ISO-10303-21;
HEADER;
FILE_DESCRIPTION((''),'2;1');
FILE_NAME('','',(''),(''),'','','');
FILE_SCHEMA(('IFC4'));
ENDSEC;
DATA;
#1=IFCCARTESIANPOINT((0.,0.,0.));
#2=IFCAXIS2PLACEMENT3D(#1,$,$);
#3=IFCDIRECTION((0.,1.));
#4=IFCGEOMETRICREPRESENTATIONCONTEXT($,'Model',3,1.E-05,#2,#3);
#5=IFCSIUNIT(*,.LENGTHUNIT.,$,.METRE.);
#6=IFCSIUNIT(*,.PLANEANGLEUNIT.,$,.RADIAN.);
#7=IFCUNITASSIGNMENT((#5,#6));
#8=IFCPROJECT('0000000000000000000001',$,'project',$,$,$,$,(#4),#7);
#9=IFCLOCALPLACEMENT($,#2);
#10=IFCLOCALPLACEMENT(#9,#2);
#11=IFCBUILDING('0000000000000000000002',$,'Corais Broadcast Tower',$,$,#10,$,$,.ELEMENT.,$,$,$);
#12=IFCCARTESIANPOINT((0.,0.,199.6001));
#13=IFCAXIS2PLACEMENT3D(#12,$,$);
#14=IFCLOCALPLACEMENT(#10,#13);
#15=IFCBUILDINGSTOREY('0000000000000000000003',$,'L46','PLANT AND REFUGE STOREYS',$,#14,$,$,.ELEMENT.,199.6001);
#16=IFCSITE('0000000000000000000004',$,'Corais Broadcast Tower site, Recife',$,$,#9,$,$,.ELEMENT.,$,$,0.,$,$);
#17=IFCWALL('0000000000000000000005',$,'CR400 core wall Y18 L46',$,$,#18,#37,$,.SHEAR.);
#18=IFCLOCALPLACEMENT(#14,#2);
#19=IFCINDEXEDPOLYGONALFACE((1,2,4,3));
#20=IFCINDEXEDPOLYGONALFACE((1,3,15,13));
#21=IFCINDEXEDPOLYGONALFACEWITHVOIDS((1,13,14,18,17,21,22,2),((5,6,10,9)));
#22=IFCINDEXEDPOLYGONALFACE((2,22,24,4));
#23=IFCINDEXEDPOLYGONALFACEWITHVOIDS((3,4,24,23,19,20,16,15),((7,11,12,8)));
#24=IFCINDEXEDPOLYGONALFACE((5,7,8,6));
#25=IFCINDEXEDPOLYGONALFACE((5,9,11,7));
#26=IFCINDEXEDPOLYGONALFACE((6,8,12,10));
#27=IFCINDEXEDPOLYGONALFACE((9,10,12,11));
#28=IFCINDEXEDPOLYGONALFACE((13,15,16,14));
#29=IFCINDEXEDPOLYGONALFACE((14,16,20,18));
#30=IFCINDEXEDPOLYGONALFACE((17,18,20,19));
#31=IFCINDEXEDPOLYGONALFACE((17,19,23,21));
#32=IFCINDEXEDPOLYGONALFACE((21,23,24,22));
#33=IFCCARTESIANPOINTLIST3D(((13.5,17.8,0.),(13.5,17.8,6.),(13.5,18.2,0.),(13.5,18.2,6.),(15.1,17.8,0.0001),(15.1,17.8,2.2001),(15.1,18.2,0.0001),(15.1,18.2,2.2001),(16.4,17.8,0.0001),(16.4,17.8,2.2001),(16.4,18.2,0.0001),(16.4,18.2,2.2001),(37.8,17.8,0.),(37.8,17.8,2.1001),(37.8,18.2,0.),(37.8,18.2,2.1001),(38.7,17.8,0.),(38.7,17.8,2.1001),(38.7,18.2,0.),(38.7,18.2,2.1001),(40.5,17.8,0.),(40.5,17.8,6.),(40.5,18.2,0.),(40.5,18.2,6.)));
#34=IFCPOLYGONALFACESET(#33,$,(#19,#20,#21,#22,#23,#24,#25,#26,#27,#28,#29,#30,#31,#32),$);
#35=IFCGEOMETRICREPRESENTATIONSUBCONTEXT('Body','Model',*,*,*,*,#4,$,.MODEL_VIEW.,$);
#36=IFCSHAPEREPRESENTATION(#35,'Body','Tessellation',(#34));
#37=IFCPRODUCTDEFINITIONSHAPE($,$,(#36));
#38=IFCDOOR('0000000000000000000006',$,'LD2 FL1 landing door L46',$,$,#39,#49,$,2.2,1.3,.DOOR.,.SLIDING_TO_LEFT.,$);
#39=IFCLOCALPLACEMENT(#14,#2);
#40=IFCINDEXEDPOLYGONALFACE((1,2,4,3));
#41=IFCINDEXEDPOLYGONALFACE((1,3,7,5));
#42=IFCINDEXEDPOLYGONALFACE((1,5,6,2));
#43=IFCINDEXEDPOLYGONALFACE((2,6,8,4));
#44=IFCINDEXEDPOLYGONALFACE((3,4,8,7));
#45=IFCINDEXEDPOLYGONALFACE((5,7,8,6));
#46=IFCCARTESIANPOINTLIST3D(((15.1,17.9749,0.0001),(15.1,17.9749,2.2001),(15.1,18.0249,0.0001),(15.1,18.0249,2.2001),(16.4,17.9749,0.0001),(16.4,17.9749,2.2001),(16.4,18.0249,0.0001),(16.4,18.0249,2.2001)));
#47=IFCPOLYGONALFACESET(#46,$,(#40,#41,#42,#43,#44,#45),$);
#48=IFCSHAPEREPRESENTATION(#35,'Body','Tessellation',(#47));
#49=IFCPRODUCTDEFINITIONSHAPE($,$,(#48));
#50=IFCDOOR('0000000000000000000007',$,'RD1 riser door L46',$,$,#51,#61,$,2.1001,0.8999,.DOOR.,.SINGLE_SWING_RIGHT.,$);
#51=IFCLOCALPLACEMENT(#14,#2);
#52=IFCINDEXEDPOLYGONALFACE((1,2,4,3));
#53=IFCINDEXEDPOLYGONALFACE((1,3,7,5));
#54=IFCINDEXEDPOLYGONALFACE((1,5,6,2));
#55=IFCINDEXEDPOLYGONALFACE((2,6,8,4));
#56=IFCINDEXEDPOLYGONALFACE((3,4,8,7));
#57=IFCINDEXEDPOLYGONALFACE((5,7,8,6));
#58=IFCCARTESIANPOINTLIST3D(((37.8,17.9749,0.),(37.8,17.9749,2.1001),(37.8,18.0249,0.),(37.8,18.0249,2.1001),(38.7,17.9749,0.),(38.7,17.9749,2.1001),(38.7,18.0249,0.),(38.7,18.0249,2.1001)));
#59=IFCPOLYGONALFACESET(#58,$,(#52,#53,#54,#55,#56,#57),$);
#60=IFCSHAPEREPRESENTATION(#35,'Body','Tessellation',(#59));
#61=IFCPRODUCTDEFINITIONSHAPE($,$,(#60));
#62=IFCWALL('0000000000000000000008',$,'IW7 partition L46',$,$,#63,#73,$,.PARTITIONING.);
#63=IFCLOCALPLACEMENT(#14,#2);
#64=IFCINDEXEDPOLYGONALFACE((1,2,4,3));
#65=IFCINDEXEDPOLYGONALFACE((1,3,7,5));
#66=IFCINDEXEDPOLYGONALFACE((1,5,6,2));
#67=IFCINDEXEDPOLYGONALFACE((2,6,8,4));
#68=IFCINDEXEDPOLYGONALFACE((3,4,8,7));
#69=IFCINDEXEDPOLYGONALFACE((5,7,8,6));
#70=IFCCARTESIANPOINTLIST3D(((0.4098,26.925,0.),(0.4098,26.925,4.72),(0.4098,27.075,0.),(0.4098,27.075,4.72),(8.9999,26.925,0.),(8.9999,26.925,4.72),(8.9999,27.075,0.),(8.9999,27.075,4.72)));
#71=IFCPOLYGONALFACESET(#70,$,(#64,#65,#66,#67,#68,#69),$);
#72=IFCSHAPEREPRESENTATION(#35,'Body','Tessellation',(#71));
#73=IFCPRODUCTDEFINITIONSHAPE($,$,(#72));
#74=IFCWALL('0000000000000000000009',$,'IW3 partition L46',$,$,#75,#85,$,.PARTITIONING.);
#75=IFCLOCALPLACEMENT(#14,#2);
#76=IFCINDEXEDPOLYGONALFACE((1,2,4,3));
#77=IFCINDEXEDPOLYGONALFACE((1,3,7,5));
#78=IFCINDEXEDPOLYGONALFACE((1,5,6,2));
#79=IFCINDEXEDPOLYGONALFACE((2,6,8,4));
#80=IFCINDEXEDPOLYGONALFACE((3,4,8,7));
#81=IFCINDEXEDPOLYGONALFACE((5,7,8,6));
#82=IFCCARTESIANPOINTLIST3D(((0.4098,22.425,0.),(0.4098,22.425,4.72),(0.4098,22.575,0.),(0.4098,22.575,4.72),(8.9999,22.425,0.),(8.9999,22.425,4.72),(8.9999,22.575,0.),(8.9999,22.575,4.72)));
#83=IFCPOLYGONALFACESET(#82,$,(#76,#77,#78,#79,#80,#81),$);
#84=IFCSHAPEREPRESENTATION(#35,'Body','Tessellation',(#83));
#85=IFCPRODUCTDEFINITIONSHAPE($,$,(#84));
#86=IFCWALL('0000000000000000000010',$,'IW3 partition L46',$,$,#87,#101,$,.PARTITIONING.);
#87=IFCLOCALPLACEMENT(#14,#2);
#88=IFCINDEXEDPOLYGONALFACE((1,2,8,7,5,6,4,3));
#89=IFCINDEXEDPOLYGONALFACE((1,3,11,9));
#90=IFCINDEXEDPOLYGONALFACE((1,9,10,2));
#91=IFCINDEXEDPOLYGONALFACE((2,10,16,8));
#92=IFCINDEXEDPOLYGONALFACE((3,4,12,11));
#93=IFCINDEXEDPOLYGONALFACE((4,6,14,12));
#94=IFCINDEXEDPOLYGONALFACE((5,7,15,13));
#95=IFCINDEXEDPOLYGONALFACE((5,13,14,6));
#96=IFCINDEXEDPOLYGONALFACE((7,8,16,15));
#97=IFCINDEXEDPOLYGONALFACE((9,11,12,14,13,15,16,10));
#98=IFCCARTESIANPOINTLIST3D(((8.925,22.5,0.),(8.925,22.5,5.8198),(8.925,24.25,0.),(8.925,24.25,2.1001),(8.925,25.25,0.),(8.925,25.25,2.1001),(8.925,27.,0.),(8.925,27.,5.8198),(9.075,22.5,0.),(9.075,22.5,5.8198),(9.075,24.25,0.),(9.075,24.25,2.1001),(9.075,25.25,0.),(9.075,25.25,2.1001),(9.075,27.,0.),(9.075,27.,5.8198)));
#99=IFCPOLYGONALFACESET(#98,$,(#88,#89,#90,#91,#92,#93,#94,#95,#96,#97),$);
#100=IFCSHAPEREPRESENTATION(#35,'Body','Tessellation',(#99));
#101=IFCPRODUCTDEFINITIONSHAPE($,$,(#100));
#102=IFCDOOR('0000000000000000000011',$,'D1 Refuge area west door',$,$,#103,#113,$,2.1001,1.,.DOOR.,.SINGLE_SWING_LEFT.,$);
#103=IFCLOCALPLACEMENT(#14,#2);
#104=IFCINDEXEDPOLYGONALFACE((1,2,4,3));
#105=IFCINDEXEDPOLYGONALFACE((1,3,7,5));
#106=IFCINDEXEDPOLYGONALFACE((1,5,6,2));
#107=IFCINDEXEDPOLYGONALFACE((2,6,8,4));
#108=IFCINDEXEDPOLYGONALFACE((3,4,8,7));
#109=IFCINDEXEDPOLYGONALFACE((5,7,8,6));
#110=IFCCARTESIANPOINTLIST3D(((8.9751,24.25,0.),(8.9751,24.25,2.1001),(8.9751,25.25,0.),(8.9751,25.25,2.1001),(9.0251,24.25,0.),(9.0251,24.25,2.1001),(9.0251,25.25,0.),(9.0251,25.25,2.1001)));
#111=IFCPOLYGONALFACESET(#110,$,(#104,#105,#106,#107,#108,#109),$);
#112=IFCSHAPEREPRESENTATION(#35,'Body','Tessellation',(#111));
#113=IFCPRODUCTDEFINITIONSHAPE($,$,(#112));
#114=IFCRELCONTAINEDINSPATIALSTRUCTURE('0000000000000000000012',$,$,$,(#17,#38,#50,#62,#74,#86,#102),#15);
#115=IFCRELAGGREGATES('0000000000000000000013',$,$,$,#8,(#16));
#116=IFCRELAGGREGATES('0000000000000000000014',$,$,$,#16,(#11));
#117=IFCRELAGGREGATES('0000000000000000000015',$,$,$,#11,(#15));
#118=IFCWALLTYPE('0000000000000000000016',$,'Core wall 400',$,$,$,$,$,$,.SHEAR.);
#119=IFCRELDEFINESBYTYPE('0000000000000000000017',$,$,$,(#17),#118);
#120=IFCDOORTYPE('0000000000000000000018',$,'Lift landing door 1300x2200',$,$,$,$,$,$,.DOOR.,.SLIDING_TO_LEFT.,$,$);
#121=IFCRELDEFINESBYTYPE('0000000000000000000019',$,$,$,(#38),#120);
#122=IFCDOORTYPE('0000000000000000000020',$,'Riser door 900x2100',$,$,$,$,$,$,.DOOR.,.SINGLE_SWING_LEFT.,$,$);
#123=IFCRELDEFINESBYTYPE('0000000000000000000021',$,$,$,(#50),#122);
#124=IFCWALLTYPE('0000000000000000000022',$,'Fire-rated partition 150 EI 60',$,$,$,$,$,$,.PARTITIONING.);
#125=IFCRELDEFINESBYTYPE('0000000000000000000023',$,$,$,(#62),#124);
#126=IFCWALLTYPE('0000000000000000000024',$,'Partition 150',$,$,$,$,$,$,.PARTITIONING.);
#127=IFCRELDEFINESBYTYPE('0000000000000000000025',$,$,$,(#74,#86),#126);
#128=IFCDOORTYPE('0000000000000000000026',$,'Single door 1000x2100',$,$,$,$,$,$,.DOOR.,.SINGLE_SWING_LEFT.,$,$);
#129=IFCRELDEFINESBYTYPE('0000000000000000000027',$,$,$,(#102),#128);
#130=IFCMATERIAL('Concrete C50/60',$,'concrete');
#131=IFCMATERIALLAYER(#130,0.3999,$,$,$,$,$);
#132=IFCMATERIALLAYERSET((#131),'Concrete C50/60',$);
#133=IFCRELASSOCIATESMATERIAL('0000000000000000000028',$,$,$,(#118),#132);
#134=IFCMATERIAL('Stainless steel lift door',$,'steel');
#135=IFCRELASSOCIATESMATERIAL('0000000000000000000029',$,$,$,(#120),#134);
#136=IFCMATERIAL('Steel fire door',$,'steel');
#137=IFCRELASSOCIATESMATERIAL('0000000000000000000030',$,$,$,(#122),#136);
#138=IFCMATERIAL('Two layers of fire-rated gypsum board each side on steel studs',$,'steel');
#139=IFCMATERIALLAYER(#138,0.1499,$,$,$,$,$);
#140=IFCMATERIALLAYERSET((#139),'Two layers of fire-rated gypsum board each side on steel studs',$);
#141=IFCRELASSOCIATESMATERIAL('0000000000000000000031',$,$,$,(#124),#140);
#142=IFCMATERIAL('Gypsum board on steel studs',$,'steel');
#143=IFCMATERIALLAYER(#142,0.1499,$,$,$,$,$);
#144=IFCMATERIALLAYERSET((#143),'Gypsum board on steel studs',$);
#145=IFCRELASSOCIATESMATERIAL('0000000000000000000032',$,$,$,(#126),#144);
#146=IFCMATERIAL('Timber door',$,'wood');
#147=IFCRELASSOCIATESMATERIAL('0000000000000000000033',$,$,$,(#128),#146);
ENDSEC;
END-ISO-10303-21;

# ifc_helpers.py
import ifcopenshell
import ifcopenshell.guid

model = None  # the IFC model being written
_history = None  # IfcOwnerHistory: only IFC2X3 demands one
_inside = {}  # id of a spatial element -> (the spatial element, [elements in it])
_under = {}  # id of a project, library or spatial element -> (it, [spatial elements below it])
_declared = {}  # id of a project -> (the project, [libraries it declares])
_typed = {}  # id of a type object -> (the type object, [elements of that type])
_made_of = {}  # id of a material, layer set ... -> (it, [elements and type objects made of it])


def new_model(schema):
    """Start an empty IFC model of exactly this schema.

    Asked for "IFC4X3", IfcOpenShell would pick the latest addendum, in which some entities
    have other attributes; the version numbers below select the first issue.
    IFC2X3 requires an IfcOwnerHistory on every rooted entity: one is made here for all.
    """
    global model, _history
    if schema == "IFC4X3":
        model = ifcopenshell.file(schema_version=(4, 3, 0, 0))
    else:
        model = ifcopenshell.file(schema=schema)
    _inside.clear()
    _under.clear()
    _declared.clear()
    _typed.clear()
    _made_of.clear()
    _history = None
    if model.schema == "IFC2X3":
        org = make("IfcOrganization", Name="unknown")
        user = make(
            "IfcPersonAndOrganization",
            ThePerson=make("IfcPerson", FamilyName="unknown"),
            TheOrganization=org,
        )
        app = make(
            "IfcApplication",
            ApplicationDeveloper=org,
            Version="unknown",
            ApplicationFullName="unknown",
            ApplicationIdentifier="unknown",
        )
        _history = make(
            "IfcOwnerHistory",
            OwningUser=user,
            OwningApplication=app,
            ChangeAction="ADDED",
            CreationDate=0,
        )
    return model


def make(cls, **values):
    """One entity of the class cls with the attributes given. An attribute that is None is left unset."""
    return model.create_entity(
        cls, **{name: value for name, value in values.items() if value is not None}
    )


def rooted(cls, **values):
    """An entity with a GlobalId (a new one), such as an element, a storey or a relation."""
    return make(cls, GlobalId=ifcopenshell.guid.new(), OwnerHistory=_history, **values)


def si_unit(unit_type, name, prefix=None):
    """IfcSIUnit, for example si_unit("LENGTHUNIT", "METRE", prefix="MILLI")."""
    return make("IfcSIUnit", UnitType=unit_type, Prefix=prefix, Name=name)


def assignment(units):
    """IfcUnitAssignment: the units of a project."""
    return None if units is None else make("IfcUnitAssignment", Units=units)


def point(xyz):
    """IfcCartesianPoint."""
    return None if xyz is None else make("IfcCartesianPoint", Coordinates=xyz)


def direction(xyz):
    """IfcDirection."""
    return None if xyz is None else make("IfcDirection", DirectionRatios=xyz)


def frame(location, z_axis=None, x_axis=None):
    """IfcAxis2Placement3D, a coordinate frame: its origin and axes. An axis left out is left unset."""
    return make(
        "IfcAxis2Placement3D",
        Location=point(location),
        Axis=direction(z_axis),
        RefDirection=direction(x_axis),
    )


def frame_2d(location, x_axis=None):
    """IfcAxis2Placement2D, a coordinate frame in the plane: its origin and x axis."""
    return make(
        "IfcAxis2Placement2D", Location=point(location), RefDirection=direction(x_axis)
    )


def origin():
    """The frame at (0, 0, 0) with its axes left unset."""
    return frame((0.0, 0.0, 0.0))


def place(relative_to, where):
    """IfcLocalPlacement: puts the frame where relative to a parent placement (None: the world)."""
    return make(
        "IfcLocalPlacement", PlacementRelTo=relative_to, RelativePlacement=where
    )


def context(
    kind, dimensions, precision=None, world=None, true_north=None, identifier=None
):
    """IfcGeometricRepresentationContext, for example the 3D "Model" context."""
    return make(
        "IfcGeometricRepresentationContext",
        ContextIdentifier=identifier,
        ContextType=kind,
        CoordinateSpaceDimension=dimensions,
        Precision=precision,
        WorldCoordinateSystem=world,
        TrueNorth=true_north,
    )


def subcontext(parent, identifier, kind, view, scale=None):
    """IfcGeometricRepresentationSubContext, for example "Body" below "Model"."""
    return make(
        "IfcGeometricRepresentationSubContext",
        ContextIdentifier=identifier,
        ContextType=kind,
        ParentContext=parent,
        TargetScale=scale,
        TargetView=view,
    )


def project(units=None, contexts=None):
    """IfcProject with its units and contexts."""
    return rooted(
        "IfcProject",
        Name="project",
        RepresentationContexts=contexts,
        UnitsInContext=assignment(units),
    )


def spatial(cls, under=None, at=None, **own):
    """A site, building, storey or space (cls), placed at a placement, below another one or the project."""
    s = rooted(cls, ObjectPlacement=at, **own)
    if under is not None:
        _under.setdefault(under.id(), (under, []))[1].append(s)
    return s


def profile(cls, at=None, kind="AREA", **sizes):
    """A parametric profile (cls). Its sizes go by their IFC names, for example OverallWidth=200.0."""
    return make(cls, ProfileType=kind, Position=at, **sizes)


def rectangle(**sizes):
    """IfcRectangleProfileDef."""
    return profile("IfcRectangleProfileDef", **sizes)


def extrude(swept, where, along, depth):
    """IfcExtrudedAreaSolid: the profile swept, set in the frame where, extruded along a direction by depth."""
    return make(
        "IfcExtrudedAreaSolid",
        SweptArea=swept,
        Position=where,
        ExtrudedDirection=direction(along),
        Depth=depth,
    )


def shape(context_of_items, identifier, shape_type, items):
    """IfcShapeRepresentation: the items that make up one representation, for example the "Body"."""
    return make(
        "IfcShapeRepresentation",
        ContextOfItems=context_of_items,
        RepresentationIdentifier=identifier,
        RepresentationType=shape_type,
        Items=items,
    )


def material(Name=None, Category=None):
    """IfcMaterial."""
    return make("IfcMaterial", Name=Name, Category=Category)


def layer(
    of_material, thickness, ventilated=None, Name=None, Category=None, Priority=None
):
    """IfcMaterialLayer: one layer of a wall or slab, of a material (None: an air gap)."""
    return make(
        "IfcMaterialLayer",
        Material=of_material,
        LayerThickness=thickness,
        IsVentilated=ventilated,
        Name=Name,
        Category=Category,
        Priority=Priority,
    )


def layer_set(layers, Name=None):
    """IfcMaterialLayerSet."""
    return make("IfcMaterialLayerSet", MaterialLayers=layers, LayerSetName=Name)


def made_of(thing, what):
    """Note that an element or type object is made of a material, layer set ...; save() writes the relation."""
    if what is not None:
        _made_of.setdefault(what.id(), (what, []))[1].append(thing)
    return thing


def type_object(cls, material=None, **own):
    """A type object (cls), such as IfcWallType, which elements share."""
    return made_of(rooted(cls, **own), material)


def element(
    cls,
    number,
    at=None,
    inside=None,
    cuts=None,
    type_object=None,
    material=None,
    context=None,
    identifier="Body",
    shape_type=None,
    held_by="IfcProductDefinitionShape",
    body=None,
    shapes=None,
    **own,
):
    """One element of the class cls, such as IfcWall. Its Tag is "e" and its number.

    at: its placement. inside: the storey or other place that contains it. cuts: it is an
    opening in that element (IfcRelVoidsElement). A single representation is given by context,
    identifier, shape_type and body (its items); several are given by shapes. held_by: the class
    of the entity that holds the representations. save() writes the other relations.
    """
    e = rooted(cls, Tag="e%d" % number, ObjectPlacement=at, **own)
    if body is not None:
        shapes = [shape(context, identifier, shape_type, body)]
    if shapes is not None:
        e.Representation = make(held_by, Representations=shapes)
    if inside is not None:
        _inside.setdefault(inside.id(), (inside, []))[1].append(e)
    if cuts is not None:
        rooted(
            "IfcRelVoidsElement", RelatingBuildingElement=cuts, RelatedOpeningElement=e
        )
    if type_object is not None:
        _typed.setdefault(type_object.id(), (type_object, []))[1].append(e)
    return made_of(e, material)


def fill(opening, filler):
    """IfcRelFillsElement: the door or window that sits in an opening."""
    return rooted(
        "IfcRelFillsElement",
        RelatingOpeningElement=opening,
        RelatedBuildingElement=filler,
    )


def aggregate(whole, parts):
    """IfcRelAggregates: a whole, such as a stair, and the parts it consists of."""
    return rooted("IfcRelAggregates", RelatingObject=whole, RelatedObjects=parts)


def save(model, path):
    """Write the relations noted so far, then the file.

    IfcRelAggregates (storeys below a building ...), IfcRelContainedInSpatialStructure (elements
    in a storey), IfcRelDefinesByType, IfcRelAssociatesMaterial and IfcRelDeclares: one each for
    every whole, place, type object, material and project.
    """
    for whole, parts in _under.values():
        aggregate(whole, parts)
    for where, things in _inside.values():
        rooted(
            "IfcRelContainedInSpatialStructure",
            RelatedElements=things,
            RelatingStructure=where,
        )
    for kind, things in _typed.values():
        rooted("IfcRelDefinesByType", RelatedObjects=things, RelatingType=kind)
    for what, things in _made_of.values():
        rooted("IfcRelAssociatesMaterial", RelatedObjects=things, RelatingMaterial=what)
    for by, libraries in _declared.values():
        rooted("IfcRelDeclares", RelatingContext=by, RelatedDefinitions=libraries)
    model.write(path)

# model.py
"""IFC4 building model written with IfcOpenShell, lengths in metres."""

from ifc_helpers import new_model, si_unit, direction, frame, frame_2d, origin, place, context, subcontext, project, spatial, rectangle, extrude, material, layer, layer_set, type_object, element, fill, save


model = new_model("IFC4")

# Units and contexts
model_context = context("Model", 3, precision=1e-05, world=origin(), true_north=direction((0.0, 1.0)))
body_context = subcontext(model_context, "Body", "Model", "MODEL_VIEW")
ifc_project = project(units=[si_unit("LENGTHUNIT", "METRE"), si_unit("PLANEANGLEUNIT", "RADIAN")], contexts=[model_context])

# Site, building, storey
site_placement = place(None, origin())
site = spatial("IfcSite", under=ifc_project, at=site_placement, Name="Corais Broadcast Tower site, Recife", CompositionType="ELEMENT", RefElevation=0.0)
building_placement = place(site_placement, origin())
building = spatial("IfcBuilding", under=site, at=building_placement, Name="Corais Broadcast Tower", CompositionType="ELEMENT")
storey_placement = place(building_placement, frame((0.0, 0.0, 199.6001)))
storey = spatial("IfcBuildingStorey", under=building, at=storey_placement, Name="L46", Description="PLANT AND REFUGE STOREYS", CompositionType="ELEMENT", Elevation=199.6001)

# Wall, openings, doors
ifc_material_1 = material(Name="Concrete C50/60", Category="concrete")
ifc_layer_1 = layer(ifc_material_1, 0.3999)
ifc_layer_set_1 = layer_set([ifc_layer_1], Name="Concrete C50/60")
wall_type_1 = type_object("IfcWallType", Name="Core wall 400", PredefinedType="SHEAR", material=ifc_layer_set_1)
wall_1_placement = place(storey_placement, frame((13.5, 18.0, 0.0), z_axis=(0.0, 0.0, 1.0), x_axis=(1.0, 0.0, 0.0)))
wall_1 = element("IfcWall", 1, at=wall_1_placement, inside=storey, type_object=wall_type_1, Name="CR400 core wall Y18 L46", PredefinedType="SHEAR", context=body_context, shape_type="SweptSolid", body=[
    extrude(rectangle(XDim=27.0, YDim=0.3999, at=frame_2d((13.5, 0.0))), origin(), (0.0, 0.0, 1.0), 6.0),
])
opening_1_placement = place(wall_1_placement, frame((24.3, 0.0, 0.0)))
opening_1 = element("IfcOpeningElement", 2, at=opening_1_placement, cuts=wall_1, PredefinedType="OPENING", context=body_context, shape_type="SweptSolid", body=[
    extrude(rectangle(XDim=0.8999, YDim=2.1001, at=frame_2d((0.45, 1.05))), frame((0.0, 0.21, 0.0), z_axis=(0.0, -1.0, 0.0), x_axis=(1.0, 0.0, 0.0)), (0.0, 0.0, 1.0), 0.4199),
])
opening_2_placement = place(wall_1_placement, frame((1.6001, 0.0, 0.0)))
opening_2 = element("IfcOpeningElement", 3, at=opening_2_placement, cuts=wall_1, PredefinedType="OPENING", context=body_context, shape_type="SweptSolid", body=[
    extrude(rectangle(XDim=1.3, YDim=2.2, at=frame_2d((0.6499, 1.1001))), frame((0.0, 0.21, 0.0), z_axis=(0.0, -1.0, 0.0), x_axis=(1.0, 0.0, 0.0)), (0.0, 0.0, 1.0), 0.4199),
])
ifc_material_2 = material(Name="Stainless steel lift door", Category="steel")
door_type_1 = type_object("IfcDoorType", Name="Lift landing door 1300x2200", OperationType="SLIDING_TO_LEFT", PredefinedType="DOOR", material=ifc_material_2)
door_1_placement = place(opening_2_placement, origin())
door_1 = element("IfcDoor", 4, at=door_1_placement, inside=storey, type_object=door_type_1, Name="LD2 FL1 landing door L46", OperationType="SLIDING_TO_LEFT", OverallHeight=2.2, OverallWidth=1.3, PredefinedType="DOOR", context=body_context, shape_type="SweptSolid", body=[
    extrude(rectangle(XDim=1.3, YDim=2.2, at=frame_2d((0.6499, 1.1001))), frame((0.0, 0.0249, 0.0), z_axis=(0.0, -1.0, 0.0), x_axis=(1.0, 0.0, 0.0)), (0.0, 0.0, 1.0), 0.05),
])
fill(opening_2, door_1)
ifc_material_3 = material(Name="Steel fire door", Category="steel")
door_type_2 = type_object("IfcDoorType", Name="Riser door 900x2100", OperationType="SINGLE_SWING_LEFT", PredefinedType="DOOR", material=ifc_material_3)
door_2_placement = place(opening_1_placement, origin())
door_2 = element("IfcDoor", 5, at=door_2_placement, inside=storey, type_object=door_type_2, Name="RD1 riser door L46", OperationType="SINGLE_SWING_RIGHT", OverallHeight=2.1001, OverallWidth=0.8999, PredefinedType="DOOR", context=body_context, shape_type="SweptSolid", body=[
    extrude(rectangle(XDim=0.8999, YDim=2.1001, at=frame_2d((0.45, 1.05))), frame((0.0, 0.0249, 0.0), z_axis=(0.0, -1.0, 0.0), x_axis=(1.0, 0.0, 0.0)), (0.0, 0.0, 1.0), 0.05),
])
fill(opening_1, door_2)

# Wall
ifc_material_4 = material(Name="Two layers of fire-rated gypsum board each side on steel studs", Category="steel")
ifc_layer_2 = layer(ifc_material_4, 0.1499)
ifc_layer_set_2 = layer_set([ifc_layer_2], Name="Two layers of fire-rated gypsum board each side on steel studs")
wall_type_2 = type_object("IfcWallType", Name="Fire-rated partition 150 EI 60", PredefinedType="PARTITIONING", material=ifc_layer_set_2)
wall_2_placement = place(storey_placement, frame((0.4099, 27.0, 0.0), z_axis=(0.0, 0.0, 1.0), x_axis=(1.0, 0.0, 0.0)))
element("IfcWall", 6, at=wall_2_placement, inside=storey, type_object=wall_type_2, Name="IW7 partition L46", PredefinedType="PARTITIONING", context=body_context, shape_type="SweptSolid", body=[
    extrude(rectangle(XDim=8.5901, YDim=0.1499, at=frame_2d((4.2949, 0.0))), origin(), (0.0, 0.0, 1.0), 4.72),
])

# Wall
ifc_material_5 = material(Name="Gypsum board on steel studs", Category="steel")
ifc_layer_3 = layer(ifc_material_5, 0.1499)
ifc_layer_set_3 = layer_set([ifc_layer_3], Name="Gypsum board on steel studs")
wall_type_3 = type_object("IfcWallType", Name="Partition 150", PredefinedType="PARTITIONING", material=ifc_layer_set_3)
wall_3_placement = place(storey_placement, frame((0.4099, 22.5, 0.0), z_axis=(0.0, 0.0, 1.0), x_axis=(1.0, 0.0, 0.0)))
element("IfcWall", 7, at=wall_3_placement, inside=storey, type_object=wall_type_3, Name="IW3 partition L46", PredefinedType="PARTITIONING", context=body_context, shape_type="SweptSolid", body=[
    extrude(rectangle(XDim=8.5901, YDim=0.1499, at=frame_2d((4.2949, 0.0))), origin(), (0.0, 0.0, 1.0), 4.72),
])

# Wall, opening, door
wall_4_placement = place(storey_placement, frame((9.0, 22.5, 0.0), z_axis=(0.0, 0.0, 1.0), x_axis=(0.0, 1.0, 0.0)))
wall_4 = element("IfcWall", 8, at=wall_4_placement, inside=storey, type_object=wall_type_3, Name="IW3 partition L46", PredefinedType="PARTITIONING", context=body_context, shape_type="SweptSolid", body=[
    extrude(rectangle(XDim=4.5, YDim=0.1499, at=frame_2d((2.25, 0.0))), origin(), (0.0, 0.0, 1.0), 5.8198),
])
opening_3_placement = place(wall_4_placement, frame((1.75, 0.0, 0.0)))
opening_3 = element("IfcOpeningElement", 9, at=opening_3_placement, cuts=wall_4, PredefinedType="OPENING", context=body_context, shape_type="SweptSolid", body=[
    extrude(rectangle(XDim=1.0, YDim=2.1001, at=frame_2d((0.5, 1.05))), frame((0.0, 0.085, 0.0), z_axis=(0.0, -1.0, 0.0), x_axis=(1.0, 0.0, 0.0)), (0.0, 0.0, 1.0), 0.1699),
])
ifc_material_6 = material(Name="Timber door", Category="wood")
door_type_3 = type_object("IfcDoorType", Name="Single door 1000x2100", OperationType="SINGLE_SWING_LEFT", PredefinedType="DOOR", material=ifc_material_6)
door_3_placement = place(opening_3_placement, origin())
door_3 = element("IfcDoor", 10, at=door_3_placement, inside=storey, type_object=door_type_3, Name="D1 Refuge area west door", OperationType="SINGLE_SWING_LEFT", OverallHeight=2.1001, OverallWidth=1.0, PredefinedType="DOOR", context=body_context, shape_type="SweptSolid", body=[
    extrude(rectangle(XDim=1.0, YDim=2.1001, at=frame_2d((0.5, 1.05))), frame((0.0, 0.0249, 0.0), z_axis=(0.0, -1.0, 0.0), x_axis=(1.0, 0.0, 0.0)), (0.0, 0.0, 1.0), 0.05),
])
fill(opening_3, door_3)

save(model, "model.ifc")
